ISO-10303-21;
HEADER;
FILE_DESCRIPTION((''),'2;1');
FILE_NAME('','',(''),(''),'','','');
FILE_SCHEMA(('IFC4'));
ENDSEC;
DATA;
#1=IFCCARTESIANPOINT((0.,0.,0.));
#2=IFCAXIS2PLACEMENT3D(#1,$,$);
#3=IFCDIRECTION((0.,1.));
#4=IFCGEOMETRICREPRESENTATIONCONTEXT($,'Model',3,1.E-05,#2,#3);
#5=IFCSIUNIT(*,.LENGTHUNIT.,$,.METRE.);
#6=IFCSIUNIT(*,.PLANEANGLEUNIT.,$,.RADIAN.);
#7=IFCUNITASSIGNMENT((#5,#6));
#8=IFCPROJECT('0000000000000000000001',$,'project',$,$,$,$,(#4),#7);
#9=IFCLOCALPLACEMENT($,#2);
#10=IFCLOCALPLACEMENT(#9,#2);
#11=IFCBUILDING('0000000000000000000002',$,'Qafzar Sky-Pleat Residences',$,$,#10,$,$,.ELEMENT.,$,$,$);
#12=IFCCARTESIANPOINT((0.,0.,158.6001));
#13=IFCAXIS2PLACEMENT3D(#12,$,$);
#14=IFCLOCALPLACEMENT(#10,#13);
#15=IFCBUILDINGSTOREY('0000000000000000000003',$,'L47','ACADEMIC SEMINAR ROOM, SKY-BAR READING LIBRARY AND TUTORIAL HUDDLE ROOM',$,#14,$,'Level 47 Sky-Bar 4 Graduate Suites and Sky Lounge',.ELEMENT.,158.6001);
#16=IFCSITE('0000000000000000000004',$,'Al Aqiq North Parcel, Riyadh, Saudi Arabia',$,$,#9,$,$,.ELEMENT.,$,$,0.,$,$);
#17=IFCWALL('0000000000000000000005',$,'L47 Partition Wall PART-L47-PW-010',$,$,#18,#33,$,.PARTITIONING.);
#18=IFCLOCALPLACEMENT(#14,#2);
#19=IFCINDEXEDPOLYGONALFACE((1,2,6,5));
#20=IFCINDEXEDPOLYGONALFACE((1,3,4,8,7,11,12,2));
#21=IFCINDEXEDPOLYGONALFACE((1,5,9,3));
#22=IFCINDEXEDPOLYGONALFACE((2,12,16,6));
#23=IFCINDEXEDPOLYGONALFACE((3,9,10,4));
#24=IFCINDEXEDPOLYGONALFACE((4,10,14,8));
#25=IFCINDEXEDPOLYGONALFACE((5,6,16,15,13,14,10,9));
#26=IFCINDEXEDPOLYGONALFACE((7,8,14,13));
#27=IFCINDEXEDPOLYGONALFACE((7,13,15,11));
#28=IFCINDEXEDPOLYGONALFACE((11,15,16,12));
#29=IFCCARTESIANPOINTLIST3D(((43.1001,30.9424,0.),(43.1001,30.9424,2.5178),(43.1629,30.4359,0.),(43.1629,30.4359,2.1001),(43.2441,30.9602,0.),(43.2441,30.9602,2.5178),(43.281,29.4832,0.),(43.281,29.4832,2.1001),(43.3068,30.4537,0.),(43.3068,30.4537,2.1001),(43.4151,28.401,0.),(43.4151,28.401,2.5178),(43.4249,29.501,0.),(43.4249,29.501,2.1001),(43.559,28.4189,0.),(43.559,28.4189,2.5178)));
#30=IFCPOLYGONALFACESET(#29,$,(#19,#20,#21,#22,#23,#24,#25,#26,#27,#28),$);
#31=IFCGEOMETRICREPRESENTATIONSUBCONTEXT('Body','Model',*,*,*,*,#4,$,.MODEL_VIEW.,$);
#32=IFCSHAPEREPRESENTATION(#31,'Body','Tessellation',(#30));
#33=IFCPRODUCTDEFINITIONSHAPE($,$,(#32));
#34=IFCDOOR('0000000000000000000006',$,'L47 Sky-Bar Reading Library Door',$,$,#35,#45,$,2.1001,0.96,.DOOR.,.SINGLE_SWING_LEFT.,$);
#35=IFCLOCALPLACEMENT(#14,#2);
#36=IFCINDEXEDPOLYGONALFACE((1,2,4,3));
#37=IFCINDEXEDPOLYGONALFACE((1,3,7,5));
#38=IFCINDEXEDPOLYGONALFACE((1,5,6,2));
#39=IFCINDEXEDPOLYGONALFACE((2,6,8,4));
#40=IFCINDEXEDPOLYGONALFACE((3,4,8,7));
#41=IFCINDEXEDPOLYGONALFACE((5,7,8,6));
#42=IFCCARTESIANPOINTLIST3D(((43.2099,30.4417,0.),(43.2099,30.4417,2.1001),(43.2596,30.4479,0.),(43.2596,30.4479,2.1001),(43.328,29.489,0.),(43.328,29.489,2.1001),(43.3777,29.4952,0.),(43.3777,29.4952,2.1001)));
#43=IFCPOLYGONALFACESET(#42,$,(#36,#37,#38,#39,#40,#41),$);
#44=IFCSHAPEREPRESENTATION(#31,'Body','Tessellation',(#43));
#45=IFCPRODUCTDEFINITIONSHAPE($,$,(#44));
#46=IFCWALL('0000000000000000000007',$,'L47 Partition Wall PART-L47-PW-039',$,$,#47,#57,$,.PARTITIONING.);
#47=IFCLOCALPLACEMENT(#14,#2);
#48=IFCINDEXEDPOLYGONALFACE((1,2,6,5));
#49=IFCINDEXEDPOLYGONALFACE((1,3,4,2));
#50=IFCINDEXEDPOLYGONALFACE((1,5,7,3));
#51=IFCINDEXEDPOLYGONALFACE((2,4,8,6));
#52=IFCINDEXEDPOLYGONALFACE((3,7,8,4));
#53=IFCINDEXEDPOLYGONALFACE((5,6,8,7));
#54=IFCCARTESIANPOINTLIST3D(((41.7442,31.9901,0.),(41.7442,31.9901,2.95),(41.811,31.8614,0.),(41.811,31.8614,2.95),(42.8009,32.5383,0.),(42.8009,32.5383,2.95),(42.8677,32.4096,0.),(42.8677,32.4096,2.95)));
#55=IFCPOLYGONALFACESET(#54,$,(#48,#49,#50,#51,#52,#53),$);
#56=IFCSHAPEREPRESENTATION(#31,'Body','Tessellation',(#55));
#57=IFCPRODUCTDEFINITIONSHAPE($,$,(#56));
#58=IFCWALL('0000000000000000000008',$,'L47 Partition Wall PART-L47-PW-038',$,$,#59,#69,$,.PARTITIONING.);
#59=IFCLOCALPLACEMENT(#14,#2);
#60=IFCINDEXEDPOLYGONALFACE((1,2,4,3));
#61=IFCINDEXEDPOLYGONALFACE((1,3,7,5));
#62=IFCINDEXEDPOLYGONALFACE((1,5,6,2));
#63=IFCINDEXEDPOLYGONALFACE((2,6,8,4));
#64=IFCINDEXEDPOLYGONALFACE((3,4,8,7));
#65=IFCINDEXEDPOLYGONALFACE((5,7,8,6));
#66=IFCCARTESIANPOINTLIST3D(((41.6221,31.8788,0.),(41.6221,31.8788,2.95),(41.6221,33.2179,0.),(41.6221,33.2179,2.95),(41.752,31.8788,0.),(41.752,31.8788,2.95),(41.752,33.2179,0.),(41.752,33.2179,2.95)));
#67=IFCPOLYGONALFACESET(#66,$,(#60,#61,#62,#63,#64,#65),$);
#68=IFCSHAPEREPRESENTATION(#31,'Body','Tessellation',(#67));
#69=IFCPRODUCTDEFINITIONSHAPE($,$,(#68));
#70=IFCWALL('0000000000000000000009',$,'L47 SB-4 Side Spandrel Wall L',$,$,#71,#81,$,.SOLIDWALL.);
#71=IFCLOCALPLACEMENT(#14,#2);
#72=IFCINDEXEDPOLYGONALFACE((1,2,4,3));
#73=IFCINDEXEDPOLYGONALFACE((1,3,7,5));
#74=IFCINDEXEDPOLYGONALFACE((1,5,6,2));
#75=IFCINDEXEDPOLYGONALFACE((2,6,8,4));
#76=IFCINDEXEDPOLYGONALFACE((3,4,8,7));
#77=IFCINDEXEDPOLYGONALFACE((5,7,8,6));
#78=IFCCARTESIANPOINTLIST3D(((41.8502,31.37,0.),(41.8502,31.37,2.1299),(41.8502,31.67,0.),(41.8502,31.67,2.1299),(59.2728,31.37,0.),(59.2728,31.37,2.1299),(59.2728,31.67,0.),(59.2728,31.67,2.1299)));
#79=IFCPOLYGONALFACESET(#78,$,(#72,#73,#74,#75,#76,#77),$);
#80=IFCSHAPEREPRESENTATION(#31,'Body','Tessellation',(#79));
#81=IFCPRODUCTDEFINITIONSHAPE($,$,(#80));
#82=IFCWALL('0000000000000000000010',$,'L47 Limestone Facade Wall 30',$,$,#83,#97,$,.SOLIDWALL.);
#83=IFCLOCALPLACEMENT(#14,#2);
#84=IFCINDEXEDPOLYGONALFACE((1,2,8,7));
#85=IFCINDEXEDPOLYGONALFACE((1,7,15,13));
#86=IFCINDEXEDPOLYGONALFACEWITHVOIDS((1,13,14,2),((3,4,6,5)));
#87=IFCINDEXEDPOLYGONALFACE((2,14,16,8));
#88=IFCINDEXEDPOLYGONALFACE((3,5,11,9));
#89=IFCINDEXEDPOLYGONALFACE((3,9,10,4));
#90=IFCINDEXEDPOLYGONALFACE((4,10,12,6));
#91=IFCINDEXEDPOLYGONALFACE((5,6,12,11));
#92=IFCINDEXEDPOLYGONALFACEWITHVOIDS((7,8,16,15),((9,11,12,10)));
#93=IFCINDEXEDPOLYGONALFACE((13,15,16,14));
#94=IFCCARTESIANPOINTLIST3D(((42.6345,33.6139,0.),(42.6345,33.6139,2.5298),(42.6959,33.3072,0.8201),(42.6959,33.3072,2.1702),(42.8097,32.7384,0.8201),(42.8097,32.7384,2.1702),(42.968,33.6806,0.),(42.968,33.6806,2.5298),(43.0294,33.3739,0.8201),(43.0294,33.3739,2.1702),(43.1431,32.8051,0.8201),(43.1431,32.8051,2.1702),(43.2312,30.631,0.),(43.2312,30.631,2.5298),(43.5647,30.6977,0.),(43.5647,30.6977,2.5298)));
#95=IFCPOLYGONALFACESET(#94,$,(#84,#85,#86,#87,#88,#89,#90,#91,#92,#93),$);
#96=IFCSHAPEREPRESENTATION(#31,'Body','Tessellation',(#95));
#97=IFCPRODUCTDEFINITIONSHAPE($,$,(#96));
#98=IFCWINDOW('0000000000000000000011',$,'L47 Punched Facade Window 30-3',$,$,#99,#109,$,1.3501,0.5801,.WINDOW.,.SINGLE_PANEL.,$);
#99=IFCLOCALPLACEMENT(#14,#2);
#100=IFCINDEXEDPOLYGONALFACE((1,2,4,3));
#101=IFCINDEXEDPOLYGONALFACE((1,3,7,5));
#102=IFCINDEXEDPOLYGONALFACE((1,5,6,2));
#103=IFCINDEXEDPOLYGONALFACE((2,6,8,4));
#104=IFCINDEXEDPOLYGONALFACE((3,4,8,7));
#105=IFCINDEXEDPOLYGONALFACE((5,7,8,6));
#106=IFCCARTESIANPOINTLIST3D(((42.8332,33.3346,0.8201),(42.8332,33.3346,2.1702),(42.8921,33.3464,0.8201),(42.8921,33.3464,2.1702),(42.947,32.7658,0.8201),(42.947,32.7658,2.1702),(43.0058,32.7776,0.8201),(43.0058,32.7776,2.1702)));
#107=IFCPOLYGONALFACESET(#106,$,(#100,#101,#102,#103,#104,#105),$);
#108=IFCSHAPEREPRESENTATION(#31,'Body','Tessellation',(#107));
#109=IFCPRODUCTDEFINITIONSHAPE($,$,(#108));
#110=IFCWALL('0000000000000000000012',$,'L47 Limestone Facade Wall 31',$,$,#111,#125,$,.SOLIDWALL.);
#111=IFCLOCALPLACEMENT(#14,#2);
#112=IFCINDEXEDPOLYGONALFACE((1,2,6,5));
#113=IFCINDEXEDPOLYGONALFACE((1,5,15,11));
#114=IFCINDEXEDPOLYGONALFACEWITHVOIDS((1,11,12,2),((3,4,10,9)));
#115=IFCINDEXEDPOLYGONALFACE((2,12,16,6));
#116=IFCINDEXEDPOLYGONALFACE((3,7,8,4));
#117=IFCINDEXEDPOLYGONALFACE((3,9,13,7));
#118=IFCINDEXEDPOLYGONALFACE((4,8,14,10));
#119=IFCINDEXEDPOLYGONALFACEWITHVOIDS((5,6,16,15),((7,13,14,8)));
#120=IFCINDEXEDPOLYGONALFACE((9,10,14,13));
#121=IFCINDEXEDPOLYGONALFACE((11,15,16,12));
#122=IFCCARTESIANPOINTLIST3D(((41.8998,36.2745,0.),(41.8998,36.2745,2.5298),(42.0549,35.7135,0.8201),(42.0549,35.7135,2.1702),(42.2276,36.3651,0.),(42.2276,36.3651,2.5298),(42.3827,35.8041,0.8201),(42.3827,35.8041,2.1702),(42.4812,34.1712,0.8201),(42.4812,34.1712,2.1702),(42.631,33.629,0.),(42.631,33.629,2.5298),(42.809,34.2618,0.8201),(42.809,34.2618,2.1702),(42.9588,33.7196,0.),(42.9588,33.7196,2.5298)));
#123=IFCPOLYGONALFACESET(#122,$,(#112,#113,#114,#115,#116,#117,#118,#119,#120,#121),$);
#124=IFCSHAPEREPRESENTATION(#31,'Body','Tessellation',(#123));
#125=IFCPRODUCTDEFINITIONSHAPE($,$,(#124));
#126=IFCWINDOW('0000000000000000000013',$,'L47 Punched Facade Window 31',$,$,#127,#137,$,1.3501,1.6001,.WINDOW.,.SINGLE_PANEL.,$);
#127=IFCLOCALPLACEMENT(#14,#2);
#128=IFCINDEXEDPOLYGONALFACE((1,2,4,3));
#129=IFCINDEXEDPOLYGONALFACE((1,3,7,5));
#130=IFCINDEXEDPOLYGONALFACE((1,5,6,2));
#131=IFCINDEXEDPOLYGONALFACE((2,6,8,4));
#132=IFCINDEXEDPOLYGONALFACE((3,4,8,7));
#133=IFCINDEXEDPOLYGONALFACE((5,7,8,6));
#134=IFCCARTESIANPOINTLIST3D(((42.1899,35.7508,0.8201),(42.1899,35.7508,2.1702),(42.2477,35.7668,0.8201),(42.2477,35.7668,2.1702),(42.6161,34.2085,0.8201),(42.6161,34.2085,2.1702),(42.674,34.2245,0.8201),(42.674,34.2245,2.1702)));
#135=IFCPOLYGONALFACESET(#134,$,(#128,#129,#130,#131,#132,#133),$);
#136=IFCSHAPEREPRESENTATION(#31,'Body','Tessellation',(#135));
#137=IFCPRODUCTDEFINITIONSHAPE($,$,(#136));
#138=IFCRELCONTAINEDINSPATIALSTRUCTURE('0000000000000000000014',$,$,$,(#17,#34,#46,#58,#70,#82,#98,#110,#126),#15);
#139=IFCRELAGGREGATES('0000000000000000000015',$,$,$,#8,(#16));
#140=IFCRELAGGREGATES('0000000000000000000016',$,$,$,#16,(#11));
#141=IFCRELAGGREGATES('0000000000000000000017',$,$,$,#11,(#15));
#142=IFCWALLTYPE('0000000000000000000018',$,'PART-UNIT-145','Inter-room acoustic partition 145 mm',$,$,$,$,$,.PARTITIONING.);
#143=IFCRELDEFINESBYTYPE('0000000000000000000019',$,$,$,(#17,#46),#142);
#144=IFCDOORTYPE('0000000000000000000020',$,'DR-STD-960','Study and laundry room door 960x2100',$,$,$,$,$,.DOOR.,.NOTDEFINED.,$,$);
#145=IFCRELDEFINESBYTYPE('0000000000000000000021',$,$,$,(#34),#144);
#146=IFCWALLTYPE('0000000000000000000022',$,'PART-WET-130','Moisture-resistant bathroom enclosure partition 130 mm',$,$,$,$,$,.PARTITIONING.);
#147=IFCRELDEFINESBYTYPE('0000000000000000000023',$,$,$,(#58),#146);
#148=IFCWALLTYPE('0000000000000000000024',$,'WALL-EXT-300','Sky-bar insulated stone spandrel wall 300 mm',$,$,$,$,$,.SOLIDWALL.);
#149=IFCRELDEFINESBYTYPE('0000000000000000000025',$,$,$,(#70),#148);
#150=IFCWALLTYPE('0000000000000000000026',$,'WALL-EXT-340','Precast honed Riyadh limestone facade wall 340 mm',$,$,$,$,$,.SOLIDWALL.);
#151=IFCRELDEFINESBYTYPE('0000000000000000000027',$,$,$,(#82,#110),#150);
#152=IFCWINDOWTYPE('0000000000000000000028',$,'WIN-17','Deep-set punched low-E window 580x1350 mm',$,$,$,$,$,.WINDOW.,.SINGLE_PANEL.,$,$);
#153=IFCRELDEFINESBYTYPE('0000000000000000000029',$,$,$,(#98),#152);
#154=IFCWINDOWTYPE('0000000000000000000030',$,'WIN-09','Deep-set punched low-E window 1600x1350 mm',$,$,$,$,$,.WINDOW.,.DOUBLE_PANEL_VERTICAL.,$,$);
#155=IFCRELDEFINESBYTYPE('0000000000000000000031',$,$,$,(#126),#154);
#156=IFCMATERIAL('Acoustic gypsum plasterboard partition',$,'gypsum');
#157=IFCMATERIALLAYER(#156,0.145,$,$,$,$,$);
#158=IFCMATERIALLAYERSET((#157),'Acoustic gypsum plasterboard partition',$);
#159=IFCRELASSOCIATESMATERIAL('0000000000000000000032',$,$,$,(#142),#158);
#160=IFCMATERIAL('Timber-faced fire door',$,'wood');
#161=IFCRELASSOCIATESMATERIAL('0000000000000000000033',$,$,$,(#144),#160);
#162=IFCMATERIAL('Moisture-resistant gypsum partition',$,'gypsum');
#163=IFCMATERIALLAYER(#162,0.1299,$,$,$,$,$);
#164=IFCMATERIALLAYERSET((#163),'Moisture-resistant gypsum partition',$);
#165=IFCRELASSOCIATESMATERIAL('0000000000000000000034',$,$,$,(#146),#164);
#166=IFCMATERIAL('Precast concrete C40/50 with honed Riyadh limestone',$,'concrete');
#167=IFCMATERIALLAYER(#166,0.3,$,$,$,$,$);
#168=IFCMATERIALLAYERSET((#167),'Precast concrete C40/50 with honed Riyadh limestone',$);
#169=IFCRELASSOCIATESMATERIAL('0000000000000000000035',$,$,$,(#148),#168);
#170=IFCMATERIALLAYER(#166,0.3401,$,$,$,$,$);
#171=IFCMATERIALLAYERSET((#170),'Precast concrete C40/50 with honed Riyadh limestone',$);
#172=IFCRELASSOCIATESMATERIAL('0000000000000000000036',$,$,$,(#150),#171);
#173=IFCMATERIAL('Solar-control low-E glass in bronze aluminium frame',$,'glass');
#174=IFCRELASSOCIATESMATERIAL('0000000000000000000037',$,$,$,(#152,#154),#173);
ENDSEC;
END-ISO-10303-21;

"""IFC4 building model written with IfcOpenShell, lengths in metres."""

from ifc_helpers import new_model, si_unit, direction, frame, frame_2d, origin, place, context, subcontext, project, spatial, rectangle, extrude, source, transform, mapped, material, layer, layer_set, type_object, element, fill, save


model = new_model("IFC4")

# Units and contexts
model_context = context("Model", 3, precision=1e-05, world=origin(), true_north=direction((0.0, 1.0)))
body_context = subcontext(model_context, "Body", "Model", "MODEL_VIEW")
ifc_project = project(units=[si_unit("LENGTHUNIT", "METRE"), si_unit("PLANEANGLEUNIT", "RADIAN")], contexts=[model_context])

# Site, building, storey
site_placement = place(None, origin())
site = spatial("IfcSite", under=ifc_project, at=site_placement, Name="Al Aqiq North Parcel, Riyadh, Saudi Arabia", CompositionType="ELEMENT", RefElevation=0.0)
building_placement = place(site_placement, origin())
building = spatial("IfcBuilding", under=site, at=building_placement, Name="Qafzar Sky-Pleat Residences", CompositionType="ELEMENT")
storey_placement = place(building_placement, frame((0.0, 0.0, 158.6001)))
storey = spatial("IfcBuildingStorey", under=building, at=storey_placement, Name="L47", Description="ACADEMIC SEMINAR ROOM, SKY-BAR READING LIBRARY AND TUTORIAL HUDDLE ROOM", LongName="Level 47 Sky-Bar 4 Graduate Suites and Sky Lounge", CompositionType="ELEMENT", Elevation=158.6001)

# Wall, opening, door
ifc_material_1 = material(Name="Acoustic gypsum plasterboard partition", Category="gypsum")
ifc_layer_1 = layer(ifc_material_1, 0.145)
ifc_layer_set_1 = layer_set([ifc_layer_1], Name="Acoustic gypsum plasterboard partition")
wall_type_1 = type_object("IfcWallType", Name="PART-UNIT-145", Description="Inter-room acoustic partition 145 mm", PredefinedType="PARTITIONING", material=ifc_layer_set_1)
wall_1_placement = place(storey_placement, frame((43.1721, 30.9512, 0.0), z_axis=(0.0, 0.0, 1.0), x_axis=(0.12299, -0.992408, 0.0)))
wall_1 = element("IfcWall", 1, at=wall_1_placement, inside=storey, type_object=wall_type_1, Name="L47 Partition Wall PART-L47-PW-010", PredefinedType="PARTITIONING", context=body_context, shape_type="SweptSolid", body=[
    extrude(rectangle(XDim=2.5608, YDim=0.145, at=frame_2d((1.2803, 0.0))), origin(), (0.0, 0.0, 1.0), 2.5178),
])
opening_1_placement = place(wall_1_placement, frame((0.5103, 0.0, 0.0)))
opening_1 = element("IfcOpeningElement", 2, at=opening_1_placement, cuts=wall_1, PredefinedType="OPENING", context=body_context, shape_type="SweptSolid", body=[
    extrude(rectangle(XDim=0.96, YDim=2.1001, at=frame_2d((0.48, 1.05))), frame((0.0, 0.0825, 0.0), z_axis=(0.0, -1.0, 0.0), x_axis=(1.0, 0.0, 0.0)), (0.0, 0.0, 1.0), 0.165),
])
ifc_material_2 = material(Name="Timber-faced fire door", Category="wood")
door_type = type_object("IfcDoorType", Name="DR-STD-960", Description="Study and laundry room door 960x2100", OperationType="NOTDEFINED", PredefinedType="DOOR", material=ifc_material_2)
shared_shape_1 = source(origin(), body_context, "Body", "SweptSolid", [
    extrude(rectangle(XDim=0.96, YDim=2.1001, at=frame_2d((0.48, 1.05))), frame((0.0, 0.0249, 0.0), z_axis=(0.0, -1.0, 0.0), x_axis=(1.0, 0.0, 0.0)), (0.0, 0.0, 1.0), 0.05),
])
door_placement = place(opening_1_placement, origin())
door = element("IfcDoor", 3, at=door_placement, inside=storey, type_object=door_type, Name="L47 Sky-Bar Reading Library Door", OperationType="SINGLE_SWING_LEFT", OverallHeight=2.1001, OverallWidth=0.96, PredefinedType="DOOR", context=body_context, shape_type="MappedRepresentation", body=[
    mapped(shared_shape_1, transform((0.0, 0.0, 0.0), x_axis=(1.0, 0.0, 0.0), y_axis=(0.0, 1.0, 0.0), z_axis=(0.0, 0.0, 1.0), scale=1.0)),
])
fill(opening_1, door)

# Walls
wall_2_placement = place(storey_placement, frame((41.7776, 31.9258, 0.0), z_axis=(0.0, 0.0, 1.0), x_axis=(0.887683, 0.460455, 0.0)))
element("IfcWall", 4, at=wall_2_placement, inside=storey, type_object=wall_type_1, Name="L47 Partition Wall PART-L47-PW-039", PredefinedType="PARTITIONING", context=body_context, shape_type="SweptSolid", body=[
    extrude(rectangle(XDim=1.1904, YDim=0.145, at=frame_2d((0.5952, 0.0))), origin(), (0.0, 0.0, 1.0), 2.95),
])
ifc_material_3 = material(Name="Moisture-resistant gypsum partition", Category="gypsum")
ifc_layer_2 = layer(ifc_material_3, 0.1299)
ifc_layer_set_2 = layer_set([ifc_layer_2], Name="Moisture-resistant gypsum partition")
wall_type_2 = type_object("IfcWallType", Name="PART-WET-130", Description="Moisture-resistant bathroom enclosure partition 130 mm", PredefinedType="PARTITIONING", material=ifc_layer_set_2)
wall_3_placement = place(storey_placement, frame((41.687, 31.8789, 0.0), z_axis=(0.0, 0.0, 1.0), x_axis=(0.0, 1.0, 0.0)))
element("IfcWall", 5, at=wall_3_placement, inside=storey, type_object=wall_type_2, Name="L47 Partition Wall PART-L47-PW-038", PredefinedType="PARTITIONING", context=body_context, shape_type="SweptSolid", body=[
    extrude(rectangle(XDim=1.3391, YDim=0.1299, at=frame_2d((0.6694, 0.0))), origin(), (0.0, 0.0, 1.0), 2.95),
])
ifc_material_4 = material(Name="Precast concrete C40/50 with honed Riyadh limestone", Category="concrete")
ifc_layer_3 = layer(ifc_material_4, 0.3)
ifc_layer_set_3 = layer_set([ifc_layer_3], Name="Precast concrete C40/50 with honed Riyadh limestone")
wall_type_3 = type_object("IfcWallType", Name="WALL-EXT-300", Description="Sky-bar insulated stone spandrel wall 300 mm", PredefinedType="SOLIDWALL", material=ifc_layer_set_3)
wall_4_placement = place(storey_placement, frame((41.8501, 31.52, 0.0), z_axis=(0.0, 0.0, 1.0), x_axis=(1.0, 0.0, 0.0)))
element("IfcWall", 6, at=wall_4_placement, inside=storey, type_object=wall_type_3, Name="L47 SB-4 Side Spandrel Wall L", PredefinedType="SOLIDWALL", context=body_context, shape_type="SweptSolid", body=[
    extrude(rectangle(XDim=17.4226, YDim=0.3, at=frame_2d((8.7114, 0.0))), origin(), (0.0, 0.0, 1.0), 2.1299),
])

# Walls, openings, windows
ifc_layer_4 = layer(ifc_material_4, 0.3401)
ifc_layer_set_4 = layer_set([ifc_layer_4], Name="Precast concrete C40/50 with honed Riyadh limestone")
wall_type_4 = type_object("IfcWallType", Name="WALL-EXT-340", Description="Precast honed Riyadh limestone facade wall 340 mm", PredefinedType="SOLIDWALL", material=ifc_layer_set_4)
wall_5_placement = place(storey_placement, frame((43.3979, 30.6643, 0.0), z_axis=(0.0, 0.0, 1.0), x_axis=(-0.196147, 0.980575, 0.0)))
wall_5 = element("IfcWall", 7, at=wall_5_placement, inside=storey, type_object=wall_type_4, Name="L47 Limestone Facade Wall 30", PredefinedType="SOLIDWALL", context=body_context, shape_type="SweptSolid", body=[
    extrude(rectangle(XDim=3.042, YDim=0.3401, at=frame_2d((1.521, 0.0))), origin(), (0.0, 0.0, 1.0), 2.5298),
])
opening_2_placement = place(wall_5_placement, frame((2.1492, 0.0, 0.8201)))
opening_2 = element("IfcOpeningElement", 8, at=opening_2_placement, cuts=wall_5, PredefinedType="OPENING", context=body_context, shape_type="SweptSolid", body=[
    extrude(rectangle(XDim=0.5801, YDim=1.3501, at=frame_2d((0.29, 0.675))), frame((0.0, 0.1802, 0.0), z_axis=(0.0, -1.0, 0.0), x_axis=(1.0, 0.0, 0.0)), (0.0, 0.0, 1.0), 0.3601),
])
ifc_material_5 = material(Name="Solar-control low-E glass in bronze aluminium frame", Category="glass")
window_type_1 = type_object("IfcWindowType", Name="WIN-17", Description="Deep-set punched low-E window 580x1350 mm", PartitioningType="SINGLE_PANEL", PredefinedType="WINDOW", material=ifc_material_5)
shared_shape_2 = source(origin(), body_context, "Body", "SweptSolid", [
    extrude(rectangle(XDim=0.5801, YDim=1.3501, at=frame_2d((0.29, 0.675))), frame((0.0, 0.03, 0.0), z_axis=(0.0, -1.0, 0.0), x_axis=(1.0, 0.0, 0.0)), (0.0, 0.0, 1.0), 0.0601),
])
window_1_placement = place(opening_2_placement, origin())
window_1 = element("IfcWindow", 9, at=window_1_placement, inside=storey, type_object=window_type_1, Name="L47 Punched Facade Window 30-3", OverallHeight=1.3501, OverallWidth=0.5801, PartitioningType="SINGLE_PANEL", PredefinedType="WINDOW", context=body_context, shape_type="MappedRepresentation", body=[
    mapped(shared_shape_2, transform((0.0, 0.0, 0.0), x_axis=(1.0, 0.0, 0.0), y_axis=(0.0, 1.0, 0.0), z_axis=(0.0, 0.0, 1.0), scale=1.0)),
])
fill(opening_2, window_1)
wall_6_placement = place(storey_placement, frame((42.7949, 33.6743, 0.0), z_axis=(0.0, 0.0, 1.0), x_axis=(-0.266405, 0.963861, 0.0)))
wall_6 = element("IfcWall", 10, at=wall_6_placement, inside=storey, type_object=wall_type_4, Name="L47 Limestone Facade Wall 31", PredefinedType="SOLIDWALL", context=body_context, shape_type="SweptSolid", body=[
    extrude(rectangle(XDim=2.7446, YDim=0.3401, at=frame_2d((1.3723, 0.0))), origin(), (0.0, 0.0, 1.0), 2.5298),
])
opening_3_placement = place(wall_6_placement, frame((0.5625, 0.0, 0.8201)))
opening_3 = element("IfcOpeningElement", 11, at=opening_3_placement, cuts=wall_6, PredefinedType="OPENING", context=body_context, shape_type="SweptSolid", body=[
    extrude(rectangle(XDim=1.6001, YDim=1.3501, at=frame_2d((0.8, 0.675))), frame((0.0, 0.1802, 0.0), z_axis=(0.0, -1.0, 0.0), x_axis=(1.0, 0.0, 0.0)), (0.0, 0.0, 1.0), 0.3601),
])
window_type_2 = type_object("IfcWindowType", Name="WIN-09", Description="Deep-set punched low-E window 1600x1350 mm", PartitioningType="DOUBLE_PANEL_VERTICAL", PredefinedType="WINDOW", material=ifc_material_5)
shared_shape_3 = source(origin(), body_context, "Body", "SweptSolid", [
    extrude(rectangle(XDim=1.6001, YDim=1.3501, at=frame_2d((0.8, 0.675))), frame((0.0, 0.03, 0.0), z_axis=(0.0, -1.0, 0.0), x_axis=(1.0, 0.0, 0.0)), (0.0, 0.0, 1.0), 0.0601),
])
window_2_placement = place(opening_3_placement, origin())
window_2 = element("IfcWindow", 12, at=window_2_placement, inside=storey, type_object=window_type_2, Name="L47 Punched Facade Window 31", OverallHeight=1.3501, OverallWidth=1.6001, PartitioningType="SINGLE_PANEL", PredefinedType="WINDOW", context=body_context, shape_type="MappedRepresentation", body=[
    mapped(shared_shape_3, transform((0.0, 0.0, 0.0), x_axis=(1.0, 0.0, 0.0), y_axis=(0.0, 1.0, 0.0), z_axis=(0.0, 0.0, 1.0), scale=1.0)),
])
fill(opening_3, window_2)

save(model, "model.ifc")
